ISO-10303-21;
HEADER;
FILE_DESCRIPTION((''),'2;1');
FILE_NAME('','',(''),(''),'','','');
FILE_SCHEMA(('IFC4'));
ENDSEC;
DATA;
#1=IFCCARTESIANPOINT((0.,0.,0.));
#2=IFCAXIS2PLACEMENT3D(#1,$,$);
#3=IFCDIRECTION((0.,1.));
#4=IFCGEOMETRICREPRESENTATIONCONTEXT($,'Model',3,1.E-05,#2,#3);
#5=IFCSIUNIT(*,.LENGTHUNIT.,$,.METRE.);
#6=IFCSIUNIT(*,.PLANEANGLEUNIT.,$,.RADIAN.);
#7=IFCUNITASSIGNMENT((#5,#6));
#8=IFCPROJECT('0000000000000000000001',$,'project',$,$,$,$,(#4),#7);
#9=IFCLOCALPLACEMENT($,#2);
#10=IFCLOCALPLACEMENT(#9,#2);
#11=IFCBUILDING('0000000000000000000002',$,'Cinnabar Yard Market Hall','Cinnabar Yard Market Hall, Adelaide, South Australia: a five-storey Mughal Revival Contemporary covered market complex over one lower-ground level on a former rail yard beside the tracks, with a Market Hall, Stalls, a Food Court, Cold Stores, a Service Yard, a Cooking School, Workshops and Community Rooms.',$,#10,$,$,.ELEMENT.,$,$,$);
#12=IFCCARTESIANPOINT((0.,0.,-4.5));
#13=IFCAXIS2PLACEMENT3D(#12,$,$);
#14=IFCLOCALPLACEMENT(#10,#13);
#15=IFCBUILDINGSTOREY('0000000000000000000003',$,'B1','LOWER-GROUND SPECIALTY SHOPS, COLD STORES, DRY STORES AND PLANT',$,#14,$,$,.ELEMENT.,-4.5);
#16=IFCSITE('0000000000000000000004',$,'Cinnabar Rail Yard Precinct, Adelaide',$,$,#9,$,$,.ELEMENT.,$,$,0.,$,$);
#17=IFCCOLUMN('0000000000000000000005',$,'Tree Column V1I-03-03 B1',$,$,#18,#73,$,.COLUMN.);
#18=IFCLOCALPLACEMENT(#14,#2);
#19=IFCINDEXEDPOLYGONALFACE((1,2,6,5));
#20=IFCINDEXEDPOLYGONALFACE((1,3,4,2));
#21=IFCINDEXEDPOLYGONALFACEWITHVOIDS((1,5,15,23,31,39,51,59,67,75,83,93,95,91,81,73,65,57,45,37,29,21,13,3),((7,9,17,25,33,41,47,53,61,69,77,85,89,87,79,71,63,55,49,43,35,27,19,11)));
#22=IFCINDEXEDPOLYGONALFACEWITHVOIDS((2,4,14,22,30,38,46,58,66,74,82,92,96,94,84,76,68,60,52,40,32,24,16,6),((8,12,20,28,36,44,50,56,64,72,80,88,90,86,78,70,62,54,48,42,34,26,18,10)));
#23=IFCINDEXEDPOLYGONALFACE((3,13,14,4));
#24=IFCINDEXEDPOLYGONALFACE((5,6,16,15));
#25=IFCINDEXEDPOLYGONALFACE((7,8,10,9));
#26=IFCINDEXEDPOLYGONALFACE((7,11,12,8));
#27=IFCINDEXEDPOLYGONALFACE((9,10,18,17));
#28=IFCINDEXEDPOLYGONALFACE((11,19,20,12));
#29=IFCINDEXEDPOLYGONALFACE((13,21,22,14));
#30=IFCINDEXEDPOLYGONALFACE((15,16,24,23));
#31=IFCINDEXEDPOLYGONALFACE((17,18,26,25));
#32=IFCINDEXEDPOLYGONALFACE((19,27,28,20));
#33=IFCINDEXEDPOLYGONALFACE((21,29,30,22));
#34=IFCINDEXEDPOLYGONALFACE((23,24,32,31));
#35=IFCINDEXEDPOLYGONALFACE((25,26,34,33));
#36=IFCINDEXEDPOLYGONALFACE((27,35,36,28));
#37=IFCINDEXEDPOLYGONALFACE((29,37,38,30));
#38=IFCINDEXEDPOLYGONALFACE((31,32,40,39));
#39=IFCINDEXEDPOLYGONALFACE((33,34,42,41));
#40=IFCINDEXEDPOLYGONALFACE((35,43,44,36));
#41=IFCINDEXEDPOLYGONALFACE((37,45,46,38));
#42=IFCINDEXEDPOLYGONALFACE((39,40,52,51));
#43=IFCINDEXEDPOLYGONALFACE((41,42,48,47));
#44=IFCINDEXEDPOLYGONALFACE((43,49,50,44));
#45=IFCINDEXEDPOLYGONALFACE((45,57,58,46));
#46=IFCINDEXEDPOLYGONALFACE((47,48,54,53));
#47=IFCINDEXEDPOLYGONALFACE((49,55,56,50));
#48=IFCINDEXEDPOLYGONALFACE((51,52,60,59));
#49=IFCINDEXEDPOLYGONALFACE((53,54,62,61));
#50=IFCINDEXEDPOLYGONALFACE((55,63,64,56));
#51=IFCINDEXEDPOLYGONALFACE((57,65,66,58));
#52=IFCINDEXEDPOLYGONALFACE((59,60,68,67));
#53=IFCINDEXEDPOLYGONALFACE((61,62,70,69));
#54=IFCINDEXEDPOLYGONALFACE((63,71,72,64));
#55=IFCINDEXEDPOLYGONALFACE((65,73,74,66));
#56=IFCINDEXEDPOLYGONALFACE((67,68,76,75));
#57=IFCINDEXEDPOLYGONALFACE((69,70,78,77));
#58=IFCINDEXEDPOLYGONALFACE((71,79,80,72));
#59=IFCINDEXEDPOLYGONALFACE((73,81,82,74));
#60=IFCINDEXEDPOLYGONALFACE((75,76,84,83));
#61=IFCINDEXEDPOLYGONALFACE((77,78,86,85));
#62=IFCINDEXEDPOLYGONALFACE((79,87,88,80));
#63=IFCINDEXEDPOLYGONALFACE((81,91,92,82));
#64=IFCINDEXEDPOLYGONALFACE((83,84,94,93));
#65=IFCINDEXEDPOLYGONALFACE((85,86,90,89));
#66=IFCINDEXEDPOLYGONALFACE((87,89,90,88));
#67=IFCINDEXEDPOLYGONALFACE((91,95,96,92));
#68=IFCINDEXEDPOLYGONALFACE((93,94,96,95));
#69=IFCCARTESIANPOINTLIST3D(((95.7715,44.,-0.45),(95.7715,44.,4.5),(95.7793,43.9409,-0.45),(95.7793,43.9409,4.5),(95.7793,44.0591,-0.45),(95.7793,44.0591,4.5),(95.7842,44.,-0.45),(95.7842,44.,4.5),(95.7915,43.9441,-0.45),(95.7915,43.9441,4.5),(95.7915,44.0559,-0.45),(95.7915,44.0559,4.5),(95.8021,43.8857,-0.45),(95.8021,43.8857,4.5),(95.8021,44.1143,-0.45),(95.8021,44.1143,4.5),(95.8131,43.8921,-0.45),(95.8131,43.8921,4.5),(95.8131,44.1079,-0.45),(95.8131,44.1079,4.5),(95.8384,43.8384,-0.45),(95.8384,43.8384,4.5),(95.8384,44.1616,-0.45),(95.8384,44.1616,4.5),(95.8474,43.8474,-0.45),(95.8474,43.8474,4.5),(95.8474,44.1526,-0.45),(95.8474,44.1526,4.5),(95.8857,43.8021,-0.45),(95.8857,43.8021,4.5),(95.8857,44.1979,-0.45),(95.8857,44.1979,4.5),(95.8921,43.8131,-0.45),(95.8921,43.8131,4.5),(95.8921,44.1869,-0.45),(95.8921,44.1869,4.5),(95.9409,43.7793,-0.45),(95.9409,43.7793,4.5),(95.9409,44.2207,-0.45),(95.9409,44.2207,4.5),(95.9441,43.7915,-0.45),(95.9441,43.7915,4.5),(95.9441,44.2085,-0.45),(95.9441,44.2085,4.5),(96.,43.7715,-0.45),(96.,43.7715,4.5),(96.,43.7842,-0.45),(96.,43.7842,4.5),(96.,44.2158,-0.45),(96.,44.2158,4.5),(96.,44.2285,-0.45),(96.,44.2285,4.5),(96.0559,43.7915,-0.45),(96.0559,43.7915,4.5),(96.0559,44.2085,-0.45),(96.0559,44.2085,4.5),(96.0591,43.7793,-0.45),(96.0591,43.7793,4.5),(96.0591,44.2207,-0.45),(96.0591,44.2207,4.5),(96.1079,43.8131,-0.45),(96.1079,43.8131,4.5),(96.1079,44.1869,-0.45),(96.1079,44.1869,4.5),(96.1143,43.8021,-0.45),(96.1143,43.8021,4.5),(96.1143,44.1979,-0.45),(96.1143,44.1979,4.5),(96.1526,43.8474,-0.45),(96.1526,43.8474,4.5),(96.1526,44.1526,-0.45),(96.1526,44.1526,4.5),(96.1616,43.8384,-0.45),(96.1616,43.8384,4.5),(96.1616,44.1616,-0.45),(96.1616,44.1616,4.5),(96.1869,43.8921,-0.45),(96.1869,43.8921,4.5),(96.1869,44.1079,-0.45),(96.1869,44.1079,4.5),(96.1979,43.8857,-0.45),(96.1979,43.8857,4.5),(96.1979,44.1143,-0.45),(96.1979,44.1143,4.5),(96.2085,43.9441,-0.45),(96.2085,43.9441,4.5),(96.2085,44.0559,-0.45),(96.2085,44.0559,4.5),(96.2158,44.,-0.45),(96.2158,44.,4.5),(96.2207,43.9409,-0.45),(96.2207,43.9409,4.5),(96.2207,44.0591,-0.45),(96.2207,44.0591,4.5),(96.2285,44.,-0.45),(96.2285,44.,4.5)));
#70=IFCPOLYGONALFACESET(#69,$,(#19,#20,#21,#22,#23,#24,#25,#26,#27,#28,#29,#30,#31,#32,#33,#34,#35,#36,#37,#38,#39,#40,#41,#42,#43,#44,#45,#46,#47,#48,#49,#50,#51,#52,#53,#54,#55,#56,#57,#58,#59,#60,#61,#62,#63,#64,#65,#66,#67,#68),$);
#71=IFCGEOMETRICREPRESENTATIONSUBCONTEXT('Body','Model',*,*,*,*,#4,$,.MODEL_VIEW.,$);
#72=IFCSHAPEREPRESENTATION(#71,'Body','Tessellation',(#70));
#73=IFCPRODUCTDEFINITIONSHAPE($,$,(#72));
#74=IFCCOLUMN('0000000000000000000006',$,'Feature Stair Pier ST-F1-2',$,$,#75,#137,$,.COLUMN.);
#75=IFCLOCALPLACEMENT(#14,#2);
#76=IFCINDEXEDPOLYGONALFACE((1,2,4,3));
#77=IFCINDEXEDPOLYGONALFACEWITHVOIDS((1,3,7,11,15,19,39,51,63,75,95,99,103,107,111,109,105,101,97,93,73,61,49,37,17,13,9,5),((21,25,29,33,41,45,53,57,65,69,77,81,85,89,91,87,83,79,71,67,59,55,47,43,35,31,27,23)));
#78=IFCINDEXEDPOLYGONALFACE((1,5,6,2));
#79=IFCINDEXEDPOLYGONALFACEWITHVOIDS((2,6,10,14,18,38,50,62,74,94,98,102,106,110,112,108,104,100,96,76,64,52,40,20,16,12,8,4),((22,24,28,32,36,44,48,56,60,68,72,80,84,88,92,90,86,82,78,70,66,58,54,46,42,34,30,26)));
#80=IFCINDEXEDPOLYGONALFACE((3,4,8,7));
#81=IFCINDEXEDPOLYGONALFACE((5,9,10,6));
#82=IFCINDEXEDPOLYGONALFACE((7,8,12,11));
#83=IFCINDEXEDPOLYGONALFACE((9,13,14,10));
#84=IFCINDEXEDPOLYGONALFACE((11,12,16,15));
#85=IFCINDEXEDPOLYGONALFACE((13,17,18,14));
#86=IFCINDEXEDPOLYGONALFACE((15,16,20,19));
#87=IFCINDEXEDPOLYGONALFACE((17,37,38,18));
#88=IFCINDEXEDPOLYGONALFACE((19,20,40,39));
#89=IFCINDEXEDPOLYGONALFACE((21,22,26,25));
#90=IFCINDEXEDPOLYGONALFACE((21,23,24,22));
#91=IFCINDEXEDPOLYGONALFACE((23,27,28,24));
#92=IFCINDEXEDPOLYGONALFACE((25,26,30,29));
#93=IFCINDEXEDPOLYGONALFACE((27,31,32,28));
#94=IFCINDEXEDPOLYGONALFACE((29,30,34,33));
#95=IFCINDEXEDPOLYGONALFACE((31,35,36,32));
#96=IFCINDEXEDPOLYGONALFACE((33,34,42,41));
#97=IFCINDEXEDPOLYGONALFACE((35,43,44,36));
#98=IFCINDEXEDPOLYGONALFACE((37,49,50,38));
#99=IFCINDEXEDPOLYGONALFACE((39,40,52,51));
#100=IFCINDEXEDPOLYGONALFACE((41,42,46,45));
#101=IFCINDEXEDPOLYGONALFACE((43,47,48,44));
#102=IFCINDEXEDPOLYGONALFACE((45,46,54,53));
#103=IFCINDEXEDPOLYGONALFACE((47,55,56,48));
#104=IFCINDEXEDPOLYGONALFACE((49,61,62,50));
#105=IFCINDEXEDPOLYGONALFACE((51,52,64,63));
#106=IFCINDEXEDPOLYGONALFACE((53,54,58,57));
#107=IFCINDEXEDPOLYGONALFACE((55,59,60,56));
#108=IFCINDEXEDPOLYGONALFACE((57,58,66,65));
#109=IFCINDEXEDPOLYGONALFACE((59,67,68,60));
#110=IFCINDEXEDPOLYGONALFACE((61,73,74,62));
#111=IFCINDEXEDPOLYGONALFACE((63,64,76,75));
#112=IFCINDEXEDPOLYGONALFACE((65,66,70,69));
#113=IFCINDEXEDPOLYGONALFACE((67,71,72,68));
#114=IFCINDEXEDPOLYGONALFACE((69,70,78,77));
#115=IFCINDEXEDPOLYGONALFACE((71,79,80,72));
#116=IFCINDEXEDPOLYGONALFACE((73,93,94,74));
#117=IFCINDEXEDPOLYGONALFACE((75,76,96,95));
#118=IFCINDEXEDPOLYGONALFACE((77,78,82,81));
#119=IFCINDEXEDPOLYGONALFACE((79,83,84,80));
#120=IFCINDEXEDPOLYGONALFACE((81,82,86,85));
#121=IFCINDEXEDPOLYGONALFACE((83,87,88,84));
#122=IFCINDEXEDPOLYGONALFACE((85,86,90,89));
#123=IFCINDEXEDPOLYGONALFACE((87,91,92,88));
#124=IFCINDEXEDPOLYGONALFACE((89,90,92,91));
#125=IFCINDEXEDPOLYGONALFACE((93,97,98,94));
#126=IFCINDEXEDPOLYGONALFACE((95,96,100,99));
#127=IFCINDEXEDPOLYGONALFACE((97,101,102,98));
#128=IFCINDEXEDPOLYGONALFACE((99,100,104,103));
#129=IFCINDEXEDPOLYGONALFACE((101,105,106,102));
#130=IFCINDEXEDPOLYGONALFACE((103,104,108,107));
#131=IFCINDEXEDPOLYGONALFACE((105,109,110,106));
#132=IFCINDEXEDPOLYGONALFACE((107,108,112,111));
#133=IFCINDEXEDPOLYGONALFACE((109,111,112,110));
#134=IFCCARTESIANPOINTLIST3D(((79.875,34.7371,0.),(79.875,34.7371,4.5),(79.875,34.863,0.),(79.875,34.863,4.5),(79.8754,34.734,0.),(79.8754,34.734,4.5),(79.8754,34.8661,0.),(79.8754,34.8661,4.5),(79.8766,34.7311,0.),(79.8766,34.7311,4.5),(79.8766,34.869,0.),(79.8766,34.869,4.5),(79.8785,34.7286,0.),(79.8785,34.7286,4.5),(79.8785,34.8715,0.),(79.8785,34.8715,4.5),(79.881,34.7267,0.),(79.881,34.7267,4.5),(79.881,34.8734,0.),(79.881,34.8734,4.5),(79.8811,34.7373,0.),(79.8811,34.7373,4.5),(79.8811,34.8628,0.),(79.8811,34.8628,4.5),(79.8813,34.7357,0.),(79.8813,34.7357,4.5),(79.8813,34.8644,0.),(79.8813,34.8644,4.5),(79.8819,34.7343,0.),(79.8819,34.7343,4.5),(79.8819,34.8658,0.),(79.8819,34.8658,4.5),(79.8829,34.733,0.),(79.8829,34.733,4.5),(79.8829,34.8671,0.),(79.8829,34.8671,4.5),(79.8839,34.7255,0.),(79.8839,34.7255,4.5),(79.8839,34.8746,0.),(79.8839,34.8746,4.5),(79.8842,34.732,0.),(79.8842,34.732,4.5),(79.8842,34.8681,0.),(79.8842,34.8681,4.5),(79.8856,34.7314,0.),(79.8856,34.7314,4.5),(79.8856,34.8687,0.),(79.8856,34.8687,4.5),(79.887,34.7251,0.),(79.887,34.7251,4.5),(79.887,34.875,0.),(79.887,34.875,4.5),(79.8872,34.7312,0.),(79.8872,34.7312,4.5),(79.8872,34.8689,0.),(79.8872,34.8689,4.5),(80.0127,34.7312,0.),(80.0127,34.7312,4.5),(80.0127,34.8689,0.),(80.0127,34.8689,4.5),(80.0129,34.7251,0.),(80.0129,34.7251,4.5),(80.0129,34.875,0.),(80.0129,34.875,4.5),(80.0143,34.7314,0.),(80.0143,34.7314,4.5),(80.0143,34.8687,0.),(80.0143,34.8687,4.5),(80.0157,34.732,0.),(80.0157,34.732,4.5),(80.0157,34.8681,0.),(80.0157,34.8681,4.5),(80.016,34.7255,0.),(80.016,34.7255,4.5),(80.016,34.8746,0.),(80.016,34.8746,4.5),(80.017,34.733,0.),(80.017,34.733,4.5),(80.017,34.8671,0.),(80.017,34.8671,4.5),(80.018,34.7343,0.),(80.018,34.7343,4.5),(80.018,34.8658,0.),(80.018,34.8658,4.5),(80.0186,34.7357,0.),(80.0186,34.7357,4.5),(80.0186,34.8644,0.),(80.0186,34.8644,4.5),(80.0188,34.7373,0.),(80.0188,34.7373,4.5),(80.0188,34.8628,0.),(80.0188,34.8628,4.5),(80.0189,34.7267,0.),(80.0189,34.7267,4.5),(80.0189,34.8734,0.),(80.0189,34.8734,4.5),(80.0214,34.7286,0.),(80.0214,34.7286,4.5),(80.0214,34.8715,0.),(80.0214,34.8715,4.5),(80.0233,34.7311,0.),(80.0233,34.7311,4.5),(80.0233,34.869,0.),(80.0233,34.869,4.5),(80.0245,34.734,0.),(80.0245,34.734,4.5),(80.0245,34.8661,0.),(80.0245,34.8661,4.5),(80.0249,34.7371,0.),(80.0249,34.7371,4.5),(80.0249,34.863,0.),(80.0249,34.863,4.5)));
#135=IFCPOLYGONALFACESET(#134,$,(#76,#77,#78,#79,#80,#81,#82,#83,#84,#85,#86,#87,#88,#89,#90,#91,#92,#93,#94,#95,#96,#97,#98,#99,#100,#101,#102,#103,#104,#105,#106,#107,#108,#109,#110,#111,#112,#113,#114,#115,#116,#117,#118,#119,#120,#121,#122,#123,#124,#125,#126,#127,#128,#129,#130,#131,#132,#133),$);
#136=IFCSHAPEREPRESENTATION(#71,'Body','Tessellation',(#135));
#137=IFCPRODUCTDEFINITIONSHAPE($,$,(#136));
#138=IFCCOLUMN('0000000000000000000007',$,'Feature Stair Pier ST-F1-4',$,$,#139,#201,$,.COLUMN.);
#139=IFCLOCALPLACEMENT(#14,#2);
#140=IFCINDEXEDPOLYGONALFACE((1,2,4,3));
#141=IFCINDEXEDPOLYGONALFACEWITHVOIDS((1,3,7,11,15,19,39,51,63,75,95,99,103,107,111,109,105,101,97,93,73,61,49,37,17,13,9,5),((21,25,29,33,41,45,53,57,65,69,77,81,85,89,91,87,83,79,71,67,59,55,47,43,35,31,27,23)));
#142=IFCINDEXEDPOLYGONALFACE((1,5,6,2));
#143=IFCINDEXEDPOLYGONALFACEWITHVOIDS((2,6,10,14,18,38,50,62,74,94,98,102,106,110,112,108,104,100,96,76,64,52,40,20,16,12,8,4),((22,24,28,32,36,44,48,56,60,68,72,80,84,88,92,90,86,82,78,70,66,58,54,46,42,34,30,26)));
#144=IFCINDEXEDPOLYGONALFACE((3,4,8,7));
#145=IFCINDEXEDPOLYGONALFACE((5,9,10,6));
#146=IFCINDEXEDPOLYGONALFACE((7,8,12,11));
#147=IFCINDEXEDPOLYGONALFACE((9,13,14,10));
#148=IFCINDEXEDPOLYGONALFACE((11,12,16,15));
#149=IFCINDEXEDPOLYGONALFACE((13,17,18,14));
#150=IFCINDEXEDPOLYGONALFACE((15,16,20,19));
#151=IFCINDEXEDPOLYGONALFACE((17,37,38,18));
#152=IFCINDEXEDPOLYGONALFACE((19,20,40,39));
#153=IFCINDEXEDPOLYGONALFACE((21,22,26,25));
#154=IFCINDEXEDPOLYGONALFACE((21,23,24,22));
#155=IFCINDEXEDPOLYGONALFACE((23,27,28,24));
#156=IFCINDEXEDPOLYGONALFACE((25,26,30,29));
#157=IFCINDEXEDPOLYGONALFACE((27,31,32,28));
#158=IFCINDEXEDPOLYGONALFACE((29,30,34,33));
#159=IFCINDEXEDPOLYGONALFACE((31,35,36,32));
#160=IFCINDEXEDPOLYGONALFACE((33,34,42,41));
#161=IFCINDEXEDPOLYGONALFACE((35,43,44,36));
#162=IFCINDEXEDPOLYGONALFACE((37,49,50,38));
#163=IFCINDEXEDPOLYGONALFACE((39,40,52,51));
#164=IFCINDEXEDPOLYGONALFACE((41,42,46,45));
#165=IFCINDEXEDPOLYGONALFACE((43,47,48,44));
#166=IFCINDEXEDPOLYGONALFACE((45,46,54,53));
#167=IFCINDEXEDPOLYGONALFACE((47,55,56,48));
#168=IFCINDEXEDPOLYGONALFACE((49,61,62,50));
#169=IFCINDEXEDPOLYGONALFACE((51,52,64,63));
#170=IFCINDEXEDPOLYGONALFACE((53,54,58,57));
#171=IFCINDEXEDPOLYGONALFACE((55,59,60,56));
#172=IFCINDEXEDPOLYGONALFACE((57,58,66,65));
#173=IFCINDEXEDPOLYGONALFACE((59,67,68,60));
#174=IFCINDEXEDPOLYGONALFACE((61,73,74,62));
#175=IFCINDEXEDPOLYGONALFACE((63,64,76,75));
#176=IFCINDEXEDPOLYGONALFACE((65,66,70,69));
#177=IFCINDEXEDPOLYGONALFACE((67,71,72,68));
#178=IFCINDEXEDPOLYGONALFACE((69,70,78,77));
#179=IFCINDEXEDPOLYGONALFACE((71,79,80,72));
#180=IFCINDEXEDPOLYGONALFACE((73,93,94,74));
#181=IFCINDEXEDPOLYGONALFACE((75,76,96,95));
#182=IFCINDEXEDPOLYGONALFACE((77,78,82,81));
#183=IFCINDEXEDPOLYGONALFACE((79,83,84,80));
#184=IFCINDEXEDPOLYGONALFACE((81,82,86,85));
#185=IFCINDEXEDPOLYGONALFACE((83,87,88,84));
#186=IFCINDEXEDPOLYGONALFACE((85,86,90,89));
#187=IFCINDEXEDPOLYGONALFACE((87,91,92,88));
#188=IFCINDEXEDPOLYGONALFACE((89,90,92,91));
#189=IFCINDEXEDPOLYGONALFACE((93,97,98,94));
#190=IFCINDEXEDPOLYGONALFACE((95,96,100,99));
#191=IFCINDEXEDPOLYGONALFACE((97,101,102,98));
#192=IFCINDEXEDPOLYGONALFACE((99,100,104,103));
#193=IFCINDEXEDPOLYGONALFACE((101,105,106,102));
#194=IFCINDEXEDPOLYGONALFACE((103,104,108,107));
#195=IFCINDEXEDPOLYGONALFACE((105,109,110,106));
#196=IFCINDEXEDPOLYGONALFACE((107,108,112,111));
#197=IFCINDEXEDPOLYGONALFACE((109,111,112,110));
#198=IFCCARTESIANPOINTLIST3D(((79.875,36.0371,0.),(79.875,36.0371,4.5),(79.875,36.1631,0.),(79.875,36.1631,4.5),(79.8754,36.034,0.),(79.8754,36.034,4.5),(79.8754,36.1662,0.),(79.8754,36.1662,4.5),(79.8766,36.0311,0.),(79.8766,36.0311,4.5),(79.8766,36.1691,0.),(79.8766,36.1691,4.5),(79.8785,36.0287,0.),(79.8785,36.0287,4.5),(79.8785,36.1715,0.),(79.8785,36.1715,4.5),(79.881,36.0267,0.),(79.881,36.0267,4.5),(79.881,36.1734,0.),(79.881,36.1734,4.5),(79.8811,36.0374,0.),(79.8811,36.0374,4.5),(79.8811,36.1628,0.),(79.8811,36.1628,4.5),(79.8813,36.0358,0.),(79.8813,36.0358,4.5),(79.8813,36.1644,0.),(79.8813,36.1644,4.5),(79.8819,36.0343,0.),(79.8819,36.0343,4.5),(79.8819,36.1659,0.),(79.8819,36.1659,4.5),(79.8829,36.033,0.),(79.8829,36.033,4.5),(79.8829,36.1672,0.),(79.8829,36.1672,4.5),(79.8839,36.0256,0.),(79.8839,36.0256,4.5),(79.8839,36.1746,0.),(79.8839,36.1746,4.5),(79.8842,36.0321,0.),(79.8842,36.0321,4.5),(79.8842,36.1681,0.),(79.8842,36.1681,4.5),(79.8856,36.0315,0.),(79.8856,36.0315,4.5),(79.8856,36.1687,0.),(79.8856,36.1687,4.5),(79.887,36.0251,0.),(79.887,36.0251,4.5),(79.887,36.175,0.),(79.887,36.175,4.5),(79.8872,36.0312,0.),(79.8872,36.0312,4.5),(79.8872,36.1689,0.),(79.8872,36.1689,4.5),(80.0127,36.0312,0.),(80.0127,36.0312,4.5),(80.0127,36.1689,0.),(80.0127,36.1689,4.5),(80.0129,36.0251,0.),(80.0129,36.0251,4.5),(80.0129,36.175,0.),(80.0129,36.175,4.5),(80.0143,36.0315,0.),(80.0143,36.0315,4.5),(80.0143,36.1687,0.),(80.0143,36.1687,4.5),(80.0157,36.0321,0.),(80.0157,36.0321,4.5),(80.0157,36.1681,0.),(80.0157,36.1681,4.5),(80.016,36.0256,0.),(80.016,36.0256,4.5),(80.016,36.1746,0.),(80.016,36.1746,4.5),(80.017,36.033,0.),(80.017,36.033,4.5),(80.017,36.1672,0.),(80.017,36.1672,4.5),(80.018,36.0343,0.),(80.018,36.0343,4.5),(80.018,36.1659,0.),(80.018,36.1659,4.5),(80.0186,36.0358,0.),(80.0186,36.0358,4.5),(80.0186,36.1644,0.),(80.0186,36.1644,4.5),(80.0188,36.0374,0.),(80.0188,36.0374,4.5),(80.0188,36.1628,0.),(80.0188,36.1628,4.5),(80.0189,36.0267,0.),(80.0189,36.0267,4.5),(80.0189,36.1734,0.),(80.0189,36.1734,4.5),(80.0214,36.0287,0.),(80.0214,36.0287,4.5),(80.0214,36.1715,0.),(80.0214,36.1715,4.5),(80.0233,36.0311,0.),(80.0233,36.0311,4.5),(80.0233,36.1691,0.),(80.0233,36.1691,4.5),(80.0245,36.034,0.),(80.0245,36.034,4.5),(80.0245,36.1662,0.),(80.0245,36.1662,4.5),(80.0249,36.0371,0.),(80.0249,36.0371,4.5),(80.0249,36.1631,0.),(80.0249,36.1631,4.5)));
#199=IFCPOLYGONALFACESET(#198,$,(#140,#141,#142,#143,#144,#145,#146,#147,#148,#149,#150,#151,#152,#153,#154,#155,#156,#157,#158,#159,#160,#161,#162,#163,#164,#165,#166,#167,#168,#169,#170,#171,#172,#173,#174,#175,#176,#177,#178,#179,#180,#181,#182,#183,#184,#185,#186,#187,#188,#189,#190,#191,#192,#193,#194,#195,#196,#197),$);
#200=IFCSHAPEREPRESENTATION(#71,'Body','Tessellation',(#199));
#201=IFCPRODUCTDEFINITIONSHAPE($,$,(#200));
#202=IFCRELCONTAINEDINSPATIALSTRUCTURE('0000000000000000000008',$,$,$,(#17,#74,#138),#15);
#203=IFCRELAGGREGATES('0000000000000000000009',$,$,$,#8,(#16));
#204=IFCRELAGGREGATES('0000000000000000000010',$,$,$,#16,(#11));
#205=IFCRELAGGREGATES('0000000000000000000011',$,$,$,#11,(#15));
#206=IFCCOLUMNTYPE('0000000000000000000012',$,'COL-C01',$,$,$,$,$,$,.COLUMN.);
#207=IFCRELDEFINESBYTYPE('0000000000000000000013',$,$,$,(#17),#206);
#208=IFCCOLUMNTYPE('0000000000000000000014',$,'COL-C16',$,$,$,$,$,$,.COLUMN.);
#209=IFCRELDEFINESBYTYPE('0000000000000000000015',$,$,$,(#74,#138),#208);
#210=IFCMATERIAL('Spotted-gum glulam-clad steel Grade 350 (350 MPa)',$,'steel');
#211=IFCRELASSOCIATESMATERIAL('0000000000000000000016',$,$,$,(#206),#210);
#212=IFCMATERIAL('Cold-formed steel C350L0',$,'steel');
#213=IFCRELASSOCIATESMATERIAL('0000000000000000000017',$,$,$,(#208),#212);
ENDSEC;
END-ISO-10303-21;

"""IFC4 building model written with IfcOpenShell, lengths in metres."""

from ifc_helpers import new_model, si_unit, direction, frame, origin, origin_2d_with_axis, place, context, subcontext, project, spatial, hollow_rectangle, hollow_circle, extrude, material, material_profile, profile_set, type_object, element, save


model = new_model("IFC4")

# Units and contexts
model_context = context("Model", 3, precision=1e-05, world=origin(), true_north=direction((0.0, 1.0)))
body_context = subcontext(model_context, "Body", "Model", "MODEL_VIEW")
ifc_project = project(units=[si_unit("LENGTHUNIT", "METRE"), si_unit("PLANEANGLEUNIT", "RADIAN")], contexts=[model_context])

# Site, building, storey
site_placement = place(None, origin())
site = spatial("IfcSite", under=ifc_project, at=site_placement, Name="Cinnabar Rail Yard Precinct, Adelaide", CompositionType="ELEMENT", RefElevation=0.0)
building_placement = place(site_placement, origin())
building = spatial("IfcBuilding", under=site, at=building_placement, Name="Cinnabar Yard Market Hall", Description="Cinnabar Yard Market Hall, Adelaide, South Australia: a five-storey Mughal Revival Contemporary covered market complex over one lower-ground level on a former rail yard beside the tracks, with a Market Hall, Stalls, a Food Court, Cold Stores, a Service Yard, a Cooking School, Workshops and Community Rooms.", CompositionType="ELEMENT")
storey_placement = place(building_placement, frame((0.0, 0.0, -4.5)))
storey = spatial("IfcBuildingStorey", under=building, at=storey_placement, Name="B1", Description="LOWER-GROUND SPECIALTY SHOPS, COLD STORES, DRY STORES AND PLANT", CompositionType="ELEMENT", Elevation=-4.5)

# Columns
ifc_material_1 = material(Name="Spotted-gum glulam-clad steel Grade 350 (350 MPa)", Category="steel")
ifc_material_profile_1 = material_profile(ifc_material_1, hollow_circle(Radius=0.2285, WallThickness=0.0127, at=origin_2d_with_axis()), Name="457.0x12.7CHS")
ifc_profile_set_1 = profile_set([ifc_material_profile_1], Name="Spotted-gum glulam-clad steel Grade 350 (350 MPa)")
column_type_1 = type_object("IfcColumnType", Name="COL-C01", PredefinedType="COLUMN", material=ifc_profile_set_1)
for number, where, z_axis, x_axis, name in (
    (1, (96.0, 44.0, -0.45), (0.0, 0.0, 1.0), (1.0, 0.0, 0.0), "Tree Column V1I-03-03 B1"),
):
    element("IfcColumn", number, at=place(storey_placement, frame(where, z_axis=z_axis, x_axis=x_axis)), inside=storey, type_object=column_type_1, Name=name, PredefinedType="COLUMN", context=body_context, shape_type="SweptSolid", body=[
        extrude(hollow_circle(Radius=0.2285, WallThickness=0.0127, at=origin_2d_with_axis()), origin(), (0.0, 0.0, 1.0), 4.95),
    ])
ifc_material_2 = material(Name="Cold-formed steel C350L0", Category="steel")
ifc_material_profile_2 = material_profile(ifc_material_2, hollow_rectangle(XDim=0.1499, YDim=0.1499, WallThickness=0.0061, InnerFilletRadius=0.0061, OuterFilletRadius=0.012, at=origin_2d_with_axis()), Name="150x150x6.0SHS")
ifc_profile_set_2 = profile_set([ifc_material_profile_2], Name="Cold-formed steel C350L0")
column_type_2 = type_object("IfcColumnType", Name="COL-C16", PredefinedType="COLUMN", material=ifc_profile_set_2)
for number, where, z_axis, x_axis, name in (
    (2, (79.95, 34.8, 0.0), (0.0, 0.0, 1.0), (1.0, 0.0, 0.0), "Feature Stair Pier ST-F1-2"),
    (3, (79.95, 36.1001, 0.0), (0.0, 0.0, 1.0), (1.0, 0.0, 0.0), "Feature Stair Pier ST-F1-4"),
):
    element("IfcColumn", number, at=place(storey_placement, frame(where, z_axis=z_axis, x_axis=x_axis)), inside=storey, type_object=column_type_2, Name=name, PredefinedType="COLUMN", context=body_context, shape_type="SweptSolid", body=[
        extrude(hollow_rectangle(XDim=0.1499, YDim=0.1499, WallThickness=0.0061, InnerFilletRadius=0.0061, OuterFilletRadius=0.012, at=origin_2d_with_axis()), origin(), (0.0, 0.0, 1.0), 4.5),
    ])

save(model, "model.ifc")
